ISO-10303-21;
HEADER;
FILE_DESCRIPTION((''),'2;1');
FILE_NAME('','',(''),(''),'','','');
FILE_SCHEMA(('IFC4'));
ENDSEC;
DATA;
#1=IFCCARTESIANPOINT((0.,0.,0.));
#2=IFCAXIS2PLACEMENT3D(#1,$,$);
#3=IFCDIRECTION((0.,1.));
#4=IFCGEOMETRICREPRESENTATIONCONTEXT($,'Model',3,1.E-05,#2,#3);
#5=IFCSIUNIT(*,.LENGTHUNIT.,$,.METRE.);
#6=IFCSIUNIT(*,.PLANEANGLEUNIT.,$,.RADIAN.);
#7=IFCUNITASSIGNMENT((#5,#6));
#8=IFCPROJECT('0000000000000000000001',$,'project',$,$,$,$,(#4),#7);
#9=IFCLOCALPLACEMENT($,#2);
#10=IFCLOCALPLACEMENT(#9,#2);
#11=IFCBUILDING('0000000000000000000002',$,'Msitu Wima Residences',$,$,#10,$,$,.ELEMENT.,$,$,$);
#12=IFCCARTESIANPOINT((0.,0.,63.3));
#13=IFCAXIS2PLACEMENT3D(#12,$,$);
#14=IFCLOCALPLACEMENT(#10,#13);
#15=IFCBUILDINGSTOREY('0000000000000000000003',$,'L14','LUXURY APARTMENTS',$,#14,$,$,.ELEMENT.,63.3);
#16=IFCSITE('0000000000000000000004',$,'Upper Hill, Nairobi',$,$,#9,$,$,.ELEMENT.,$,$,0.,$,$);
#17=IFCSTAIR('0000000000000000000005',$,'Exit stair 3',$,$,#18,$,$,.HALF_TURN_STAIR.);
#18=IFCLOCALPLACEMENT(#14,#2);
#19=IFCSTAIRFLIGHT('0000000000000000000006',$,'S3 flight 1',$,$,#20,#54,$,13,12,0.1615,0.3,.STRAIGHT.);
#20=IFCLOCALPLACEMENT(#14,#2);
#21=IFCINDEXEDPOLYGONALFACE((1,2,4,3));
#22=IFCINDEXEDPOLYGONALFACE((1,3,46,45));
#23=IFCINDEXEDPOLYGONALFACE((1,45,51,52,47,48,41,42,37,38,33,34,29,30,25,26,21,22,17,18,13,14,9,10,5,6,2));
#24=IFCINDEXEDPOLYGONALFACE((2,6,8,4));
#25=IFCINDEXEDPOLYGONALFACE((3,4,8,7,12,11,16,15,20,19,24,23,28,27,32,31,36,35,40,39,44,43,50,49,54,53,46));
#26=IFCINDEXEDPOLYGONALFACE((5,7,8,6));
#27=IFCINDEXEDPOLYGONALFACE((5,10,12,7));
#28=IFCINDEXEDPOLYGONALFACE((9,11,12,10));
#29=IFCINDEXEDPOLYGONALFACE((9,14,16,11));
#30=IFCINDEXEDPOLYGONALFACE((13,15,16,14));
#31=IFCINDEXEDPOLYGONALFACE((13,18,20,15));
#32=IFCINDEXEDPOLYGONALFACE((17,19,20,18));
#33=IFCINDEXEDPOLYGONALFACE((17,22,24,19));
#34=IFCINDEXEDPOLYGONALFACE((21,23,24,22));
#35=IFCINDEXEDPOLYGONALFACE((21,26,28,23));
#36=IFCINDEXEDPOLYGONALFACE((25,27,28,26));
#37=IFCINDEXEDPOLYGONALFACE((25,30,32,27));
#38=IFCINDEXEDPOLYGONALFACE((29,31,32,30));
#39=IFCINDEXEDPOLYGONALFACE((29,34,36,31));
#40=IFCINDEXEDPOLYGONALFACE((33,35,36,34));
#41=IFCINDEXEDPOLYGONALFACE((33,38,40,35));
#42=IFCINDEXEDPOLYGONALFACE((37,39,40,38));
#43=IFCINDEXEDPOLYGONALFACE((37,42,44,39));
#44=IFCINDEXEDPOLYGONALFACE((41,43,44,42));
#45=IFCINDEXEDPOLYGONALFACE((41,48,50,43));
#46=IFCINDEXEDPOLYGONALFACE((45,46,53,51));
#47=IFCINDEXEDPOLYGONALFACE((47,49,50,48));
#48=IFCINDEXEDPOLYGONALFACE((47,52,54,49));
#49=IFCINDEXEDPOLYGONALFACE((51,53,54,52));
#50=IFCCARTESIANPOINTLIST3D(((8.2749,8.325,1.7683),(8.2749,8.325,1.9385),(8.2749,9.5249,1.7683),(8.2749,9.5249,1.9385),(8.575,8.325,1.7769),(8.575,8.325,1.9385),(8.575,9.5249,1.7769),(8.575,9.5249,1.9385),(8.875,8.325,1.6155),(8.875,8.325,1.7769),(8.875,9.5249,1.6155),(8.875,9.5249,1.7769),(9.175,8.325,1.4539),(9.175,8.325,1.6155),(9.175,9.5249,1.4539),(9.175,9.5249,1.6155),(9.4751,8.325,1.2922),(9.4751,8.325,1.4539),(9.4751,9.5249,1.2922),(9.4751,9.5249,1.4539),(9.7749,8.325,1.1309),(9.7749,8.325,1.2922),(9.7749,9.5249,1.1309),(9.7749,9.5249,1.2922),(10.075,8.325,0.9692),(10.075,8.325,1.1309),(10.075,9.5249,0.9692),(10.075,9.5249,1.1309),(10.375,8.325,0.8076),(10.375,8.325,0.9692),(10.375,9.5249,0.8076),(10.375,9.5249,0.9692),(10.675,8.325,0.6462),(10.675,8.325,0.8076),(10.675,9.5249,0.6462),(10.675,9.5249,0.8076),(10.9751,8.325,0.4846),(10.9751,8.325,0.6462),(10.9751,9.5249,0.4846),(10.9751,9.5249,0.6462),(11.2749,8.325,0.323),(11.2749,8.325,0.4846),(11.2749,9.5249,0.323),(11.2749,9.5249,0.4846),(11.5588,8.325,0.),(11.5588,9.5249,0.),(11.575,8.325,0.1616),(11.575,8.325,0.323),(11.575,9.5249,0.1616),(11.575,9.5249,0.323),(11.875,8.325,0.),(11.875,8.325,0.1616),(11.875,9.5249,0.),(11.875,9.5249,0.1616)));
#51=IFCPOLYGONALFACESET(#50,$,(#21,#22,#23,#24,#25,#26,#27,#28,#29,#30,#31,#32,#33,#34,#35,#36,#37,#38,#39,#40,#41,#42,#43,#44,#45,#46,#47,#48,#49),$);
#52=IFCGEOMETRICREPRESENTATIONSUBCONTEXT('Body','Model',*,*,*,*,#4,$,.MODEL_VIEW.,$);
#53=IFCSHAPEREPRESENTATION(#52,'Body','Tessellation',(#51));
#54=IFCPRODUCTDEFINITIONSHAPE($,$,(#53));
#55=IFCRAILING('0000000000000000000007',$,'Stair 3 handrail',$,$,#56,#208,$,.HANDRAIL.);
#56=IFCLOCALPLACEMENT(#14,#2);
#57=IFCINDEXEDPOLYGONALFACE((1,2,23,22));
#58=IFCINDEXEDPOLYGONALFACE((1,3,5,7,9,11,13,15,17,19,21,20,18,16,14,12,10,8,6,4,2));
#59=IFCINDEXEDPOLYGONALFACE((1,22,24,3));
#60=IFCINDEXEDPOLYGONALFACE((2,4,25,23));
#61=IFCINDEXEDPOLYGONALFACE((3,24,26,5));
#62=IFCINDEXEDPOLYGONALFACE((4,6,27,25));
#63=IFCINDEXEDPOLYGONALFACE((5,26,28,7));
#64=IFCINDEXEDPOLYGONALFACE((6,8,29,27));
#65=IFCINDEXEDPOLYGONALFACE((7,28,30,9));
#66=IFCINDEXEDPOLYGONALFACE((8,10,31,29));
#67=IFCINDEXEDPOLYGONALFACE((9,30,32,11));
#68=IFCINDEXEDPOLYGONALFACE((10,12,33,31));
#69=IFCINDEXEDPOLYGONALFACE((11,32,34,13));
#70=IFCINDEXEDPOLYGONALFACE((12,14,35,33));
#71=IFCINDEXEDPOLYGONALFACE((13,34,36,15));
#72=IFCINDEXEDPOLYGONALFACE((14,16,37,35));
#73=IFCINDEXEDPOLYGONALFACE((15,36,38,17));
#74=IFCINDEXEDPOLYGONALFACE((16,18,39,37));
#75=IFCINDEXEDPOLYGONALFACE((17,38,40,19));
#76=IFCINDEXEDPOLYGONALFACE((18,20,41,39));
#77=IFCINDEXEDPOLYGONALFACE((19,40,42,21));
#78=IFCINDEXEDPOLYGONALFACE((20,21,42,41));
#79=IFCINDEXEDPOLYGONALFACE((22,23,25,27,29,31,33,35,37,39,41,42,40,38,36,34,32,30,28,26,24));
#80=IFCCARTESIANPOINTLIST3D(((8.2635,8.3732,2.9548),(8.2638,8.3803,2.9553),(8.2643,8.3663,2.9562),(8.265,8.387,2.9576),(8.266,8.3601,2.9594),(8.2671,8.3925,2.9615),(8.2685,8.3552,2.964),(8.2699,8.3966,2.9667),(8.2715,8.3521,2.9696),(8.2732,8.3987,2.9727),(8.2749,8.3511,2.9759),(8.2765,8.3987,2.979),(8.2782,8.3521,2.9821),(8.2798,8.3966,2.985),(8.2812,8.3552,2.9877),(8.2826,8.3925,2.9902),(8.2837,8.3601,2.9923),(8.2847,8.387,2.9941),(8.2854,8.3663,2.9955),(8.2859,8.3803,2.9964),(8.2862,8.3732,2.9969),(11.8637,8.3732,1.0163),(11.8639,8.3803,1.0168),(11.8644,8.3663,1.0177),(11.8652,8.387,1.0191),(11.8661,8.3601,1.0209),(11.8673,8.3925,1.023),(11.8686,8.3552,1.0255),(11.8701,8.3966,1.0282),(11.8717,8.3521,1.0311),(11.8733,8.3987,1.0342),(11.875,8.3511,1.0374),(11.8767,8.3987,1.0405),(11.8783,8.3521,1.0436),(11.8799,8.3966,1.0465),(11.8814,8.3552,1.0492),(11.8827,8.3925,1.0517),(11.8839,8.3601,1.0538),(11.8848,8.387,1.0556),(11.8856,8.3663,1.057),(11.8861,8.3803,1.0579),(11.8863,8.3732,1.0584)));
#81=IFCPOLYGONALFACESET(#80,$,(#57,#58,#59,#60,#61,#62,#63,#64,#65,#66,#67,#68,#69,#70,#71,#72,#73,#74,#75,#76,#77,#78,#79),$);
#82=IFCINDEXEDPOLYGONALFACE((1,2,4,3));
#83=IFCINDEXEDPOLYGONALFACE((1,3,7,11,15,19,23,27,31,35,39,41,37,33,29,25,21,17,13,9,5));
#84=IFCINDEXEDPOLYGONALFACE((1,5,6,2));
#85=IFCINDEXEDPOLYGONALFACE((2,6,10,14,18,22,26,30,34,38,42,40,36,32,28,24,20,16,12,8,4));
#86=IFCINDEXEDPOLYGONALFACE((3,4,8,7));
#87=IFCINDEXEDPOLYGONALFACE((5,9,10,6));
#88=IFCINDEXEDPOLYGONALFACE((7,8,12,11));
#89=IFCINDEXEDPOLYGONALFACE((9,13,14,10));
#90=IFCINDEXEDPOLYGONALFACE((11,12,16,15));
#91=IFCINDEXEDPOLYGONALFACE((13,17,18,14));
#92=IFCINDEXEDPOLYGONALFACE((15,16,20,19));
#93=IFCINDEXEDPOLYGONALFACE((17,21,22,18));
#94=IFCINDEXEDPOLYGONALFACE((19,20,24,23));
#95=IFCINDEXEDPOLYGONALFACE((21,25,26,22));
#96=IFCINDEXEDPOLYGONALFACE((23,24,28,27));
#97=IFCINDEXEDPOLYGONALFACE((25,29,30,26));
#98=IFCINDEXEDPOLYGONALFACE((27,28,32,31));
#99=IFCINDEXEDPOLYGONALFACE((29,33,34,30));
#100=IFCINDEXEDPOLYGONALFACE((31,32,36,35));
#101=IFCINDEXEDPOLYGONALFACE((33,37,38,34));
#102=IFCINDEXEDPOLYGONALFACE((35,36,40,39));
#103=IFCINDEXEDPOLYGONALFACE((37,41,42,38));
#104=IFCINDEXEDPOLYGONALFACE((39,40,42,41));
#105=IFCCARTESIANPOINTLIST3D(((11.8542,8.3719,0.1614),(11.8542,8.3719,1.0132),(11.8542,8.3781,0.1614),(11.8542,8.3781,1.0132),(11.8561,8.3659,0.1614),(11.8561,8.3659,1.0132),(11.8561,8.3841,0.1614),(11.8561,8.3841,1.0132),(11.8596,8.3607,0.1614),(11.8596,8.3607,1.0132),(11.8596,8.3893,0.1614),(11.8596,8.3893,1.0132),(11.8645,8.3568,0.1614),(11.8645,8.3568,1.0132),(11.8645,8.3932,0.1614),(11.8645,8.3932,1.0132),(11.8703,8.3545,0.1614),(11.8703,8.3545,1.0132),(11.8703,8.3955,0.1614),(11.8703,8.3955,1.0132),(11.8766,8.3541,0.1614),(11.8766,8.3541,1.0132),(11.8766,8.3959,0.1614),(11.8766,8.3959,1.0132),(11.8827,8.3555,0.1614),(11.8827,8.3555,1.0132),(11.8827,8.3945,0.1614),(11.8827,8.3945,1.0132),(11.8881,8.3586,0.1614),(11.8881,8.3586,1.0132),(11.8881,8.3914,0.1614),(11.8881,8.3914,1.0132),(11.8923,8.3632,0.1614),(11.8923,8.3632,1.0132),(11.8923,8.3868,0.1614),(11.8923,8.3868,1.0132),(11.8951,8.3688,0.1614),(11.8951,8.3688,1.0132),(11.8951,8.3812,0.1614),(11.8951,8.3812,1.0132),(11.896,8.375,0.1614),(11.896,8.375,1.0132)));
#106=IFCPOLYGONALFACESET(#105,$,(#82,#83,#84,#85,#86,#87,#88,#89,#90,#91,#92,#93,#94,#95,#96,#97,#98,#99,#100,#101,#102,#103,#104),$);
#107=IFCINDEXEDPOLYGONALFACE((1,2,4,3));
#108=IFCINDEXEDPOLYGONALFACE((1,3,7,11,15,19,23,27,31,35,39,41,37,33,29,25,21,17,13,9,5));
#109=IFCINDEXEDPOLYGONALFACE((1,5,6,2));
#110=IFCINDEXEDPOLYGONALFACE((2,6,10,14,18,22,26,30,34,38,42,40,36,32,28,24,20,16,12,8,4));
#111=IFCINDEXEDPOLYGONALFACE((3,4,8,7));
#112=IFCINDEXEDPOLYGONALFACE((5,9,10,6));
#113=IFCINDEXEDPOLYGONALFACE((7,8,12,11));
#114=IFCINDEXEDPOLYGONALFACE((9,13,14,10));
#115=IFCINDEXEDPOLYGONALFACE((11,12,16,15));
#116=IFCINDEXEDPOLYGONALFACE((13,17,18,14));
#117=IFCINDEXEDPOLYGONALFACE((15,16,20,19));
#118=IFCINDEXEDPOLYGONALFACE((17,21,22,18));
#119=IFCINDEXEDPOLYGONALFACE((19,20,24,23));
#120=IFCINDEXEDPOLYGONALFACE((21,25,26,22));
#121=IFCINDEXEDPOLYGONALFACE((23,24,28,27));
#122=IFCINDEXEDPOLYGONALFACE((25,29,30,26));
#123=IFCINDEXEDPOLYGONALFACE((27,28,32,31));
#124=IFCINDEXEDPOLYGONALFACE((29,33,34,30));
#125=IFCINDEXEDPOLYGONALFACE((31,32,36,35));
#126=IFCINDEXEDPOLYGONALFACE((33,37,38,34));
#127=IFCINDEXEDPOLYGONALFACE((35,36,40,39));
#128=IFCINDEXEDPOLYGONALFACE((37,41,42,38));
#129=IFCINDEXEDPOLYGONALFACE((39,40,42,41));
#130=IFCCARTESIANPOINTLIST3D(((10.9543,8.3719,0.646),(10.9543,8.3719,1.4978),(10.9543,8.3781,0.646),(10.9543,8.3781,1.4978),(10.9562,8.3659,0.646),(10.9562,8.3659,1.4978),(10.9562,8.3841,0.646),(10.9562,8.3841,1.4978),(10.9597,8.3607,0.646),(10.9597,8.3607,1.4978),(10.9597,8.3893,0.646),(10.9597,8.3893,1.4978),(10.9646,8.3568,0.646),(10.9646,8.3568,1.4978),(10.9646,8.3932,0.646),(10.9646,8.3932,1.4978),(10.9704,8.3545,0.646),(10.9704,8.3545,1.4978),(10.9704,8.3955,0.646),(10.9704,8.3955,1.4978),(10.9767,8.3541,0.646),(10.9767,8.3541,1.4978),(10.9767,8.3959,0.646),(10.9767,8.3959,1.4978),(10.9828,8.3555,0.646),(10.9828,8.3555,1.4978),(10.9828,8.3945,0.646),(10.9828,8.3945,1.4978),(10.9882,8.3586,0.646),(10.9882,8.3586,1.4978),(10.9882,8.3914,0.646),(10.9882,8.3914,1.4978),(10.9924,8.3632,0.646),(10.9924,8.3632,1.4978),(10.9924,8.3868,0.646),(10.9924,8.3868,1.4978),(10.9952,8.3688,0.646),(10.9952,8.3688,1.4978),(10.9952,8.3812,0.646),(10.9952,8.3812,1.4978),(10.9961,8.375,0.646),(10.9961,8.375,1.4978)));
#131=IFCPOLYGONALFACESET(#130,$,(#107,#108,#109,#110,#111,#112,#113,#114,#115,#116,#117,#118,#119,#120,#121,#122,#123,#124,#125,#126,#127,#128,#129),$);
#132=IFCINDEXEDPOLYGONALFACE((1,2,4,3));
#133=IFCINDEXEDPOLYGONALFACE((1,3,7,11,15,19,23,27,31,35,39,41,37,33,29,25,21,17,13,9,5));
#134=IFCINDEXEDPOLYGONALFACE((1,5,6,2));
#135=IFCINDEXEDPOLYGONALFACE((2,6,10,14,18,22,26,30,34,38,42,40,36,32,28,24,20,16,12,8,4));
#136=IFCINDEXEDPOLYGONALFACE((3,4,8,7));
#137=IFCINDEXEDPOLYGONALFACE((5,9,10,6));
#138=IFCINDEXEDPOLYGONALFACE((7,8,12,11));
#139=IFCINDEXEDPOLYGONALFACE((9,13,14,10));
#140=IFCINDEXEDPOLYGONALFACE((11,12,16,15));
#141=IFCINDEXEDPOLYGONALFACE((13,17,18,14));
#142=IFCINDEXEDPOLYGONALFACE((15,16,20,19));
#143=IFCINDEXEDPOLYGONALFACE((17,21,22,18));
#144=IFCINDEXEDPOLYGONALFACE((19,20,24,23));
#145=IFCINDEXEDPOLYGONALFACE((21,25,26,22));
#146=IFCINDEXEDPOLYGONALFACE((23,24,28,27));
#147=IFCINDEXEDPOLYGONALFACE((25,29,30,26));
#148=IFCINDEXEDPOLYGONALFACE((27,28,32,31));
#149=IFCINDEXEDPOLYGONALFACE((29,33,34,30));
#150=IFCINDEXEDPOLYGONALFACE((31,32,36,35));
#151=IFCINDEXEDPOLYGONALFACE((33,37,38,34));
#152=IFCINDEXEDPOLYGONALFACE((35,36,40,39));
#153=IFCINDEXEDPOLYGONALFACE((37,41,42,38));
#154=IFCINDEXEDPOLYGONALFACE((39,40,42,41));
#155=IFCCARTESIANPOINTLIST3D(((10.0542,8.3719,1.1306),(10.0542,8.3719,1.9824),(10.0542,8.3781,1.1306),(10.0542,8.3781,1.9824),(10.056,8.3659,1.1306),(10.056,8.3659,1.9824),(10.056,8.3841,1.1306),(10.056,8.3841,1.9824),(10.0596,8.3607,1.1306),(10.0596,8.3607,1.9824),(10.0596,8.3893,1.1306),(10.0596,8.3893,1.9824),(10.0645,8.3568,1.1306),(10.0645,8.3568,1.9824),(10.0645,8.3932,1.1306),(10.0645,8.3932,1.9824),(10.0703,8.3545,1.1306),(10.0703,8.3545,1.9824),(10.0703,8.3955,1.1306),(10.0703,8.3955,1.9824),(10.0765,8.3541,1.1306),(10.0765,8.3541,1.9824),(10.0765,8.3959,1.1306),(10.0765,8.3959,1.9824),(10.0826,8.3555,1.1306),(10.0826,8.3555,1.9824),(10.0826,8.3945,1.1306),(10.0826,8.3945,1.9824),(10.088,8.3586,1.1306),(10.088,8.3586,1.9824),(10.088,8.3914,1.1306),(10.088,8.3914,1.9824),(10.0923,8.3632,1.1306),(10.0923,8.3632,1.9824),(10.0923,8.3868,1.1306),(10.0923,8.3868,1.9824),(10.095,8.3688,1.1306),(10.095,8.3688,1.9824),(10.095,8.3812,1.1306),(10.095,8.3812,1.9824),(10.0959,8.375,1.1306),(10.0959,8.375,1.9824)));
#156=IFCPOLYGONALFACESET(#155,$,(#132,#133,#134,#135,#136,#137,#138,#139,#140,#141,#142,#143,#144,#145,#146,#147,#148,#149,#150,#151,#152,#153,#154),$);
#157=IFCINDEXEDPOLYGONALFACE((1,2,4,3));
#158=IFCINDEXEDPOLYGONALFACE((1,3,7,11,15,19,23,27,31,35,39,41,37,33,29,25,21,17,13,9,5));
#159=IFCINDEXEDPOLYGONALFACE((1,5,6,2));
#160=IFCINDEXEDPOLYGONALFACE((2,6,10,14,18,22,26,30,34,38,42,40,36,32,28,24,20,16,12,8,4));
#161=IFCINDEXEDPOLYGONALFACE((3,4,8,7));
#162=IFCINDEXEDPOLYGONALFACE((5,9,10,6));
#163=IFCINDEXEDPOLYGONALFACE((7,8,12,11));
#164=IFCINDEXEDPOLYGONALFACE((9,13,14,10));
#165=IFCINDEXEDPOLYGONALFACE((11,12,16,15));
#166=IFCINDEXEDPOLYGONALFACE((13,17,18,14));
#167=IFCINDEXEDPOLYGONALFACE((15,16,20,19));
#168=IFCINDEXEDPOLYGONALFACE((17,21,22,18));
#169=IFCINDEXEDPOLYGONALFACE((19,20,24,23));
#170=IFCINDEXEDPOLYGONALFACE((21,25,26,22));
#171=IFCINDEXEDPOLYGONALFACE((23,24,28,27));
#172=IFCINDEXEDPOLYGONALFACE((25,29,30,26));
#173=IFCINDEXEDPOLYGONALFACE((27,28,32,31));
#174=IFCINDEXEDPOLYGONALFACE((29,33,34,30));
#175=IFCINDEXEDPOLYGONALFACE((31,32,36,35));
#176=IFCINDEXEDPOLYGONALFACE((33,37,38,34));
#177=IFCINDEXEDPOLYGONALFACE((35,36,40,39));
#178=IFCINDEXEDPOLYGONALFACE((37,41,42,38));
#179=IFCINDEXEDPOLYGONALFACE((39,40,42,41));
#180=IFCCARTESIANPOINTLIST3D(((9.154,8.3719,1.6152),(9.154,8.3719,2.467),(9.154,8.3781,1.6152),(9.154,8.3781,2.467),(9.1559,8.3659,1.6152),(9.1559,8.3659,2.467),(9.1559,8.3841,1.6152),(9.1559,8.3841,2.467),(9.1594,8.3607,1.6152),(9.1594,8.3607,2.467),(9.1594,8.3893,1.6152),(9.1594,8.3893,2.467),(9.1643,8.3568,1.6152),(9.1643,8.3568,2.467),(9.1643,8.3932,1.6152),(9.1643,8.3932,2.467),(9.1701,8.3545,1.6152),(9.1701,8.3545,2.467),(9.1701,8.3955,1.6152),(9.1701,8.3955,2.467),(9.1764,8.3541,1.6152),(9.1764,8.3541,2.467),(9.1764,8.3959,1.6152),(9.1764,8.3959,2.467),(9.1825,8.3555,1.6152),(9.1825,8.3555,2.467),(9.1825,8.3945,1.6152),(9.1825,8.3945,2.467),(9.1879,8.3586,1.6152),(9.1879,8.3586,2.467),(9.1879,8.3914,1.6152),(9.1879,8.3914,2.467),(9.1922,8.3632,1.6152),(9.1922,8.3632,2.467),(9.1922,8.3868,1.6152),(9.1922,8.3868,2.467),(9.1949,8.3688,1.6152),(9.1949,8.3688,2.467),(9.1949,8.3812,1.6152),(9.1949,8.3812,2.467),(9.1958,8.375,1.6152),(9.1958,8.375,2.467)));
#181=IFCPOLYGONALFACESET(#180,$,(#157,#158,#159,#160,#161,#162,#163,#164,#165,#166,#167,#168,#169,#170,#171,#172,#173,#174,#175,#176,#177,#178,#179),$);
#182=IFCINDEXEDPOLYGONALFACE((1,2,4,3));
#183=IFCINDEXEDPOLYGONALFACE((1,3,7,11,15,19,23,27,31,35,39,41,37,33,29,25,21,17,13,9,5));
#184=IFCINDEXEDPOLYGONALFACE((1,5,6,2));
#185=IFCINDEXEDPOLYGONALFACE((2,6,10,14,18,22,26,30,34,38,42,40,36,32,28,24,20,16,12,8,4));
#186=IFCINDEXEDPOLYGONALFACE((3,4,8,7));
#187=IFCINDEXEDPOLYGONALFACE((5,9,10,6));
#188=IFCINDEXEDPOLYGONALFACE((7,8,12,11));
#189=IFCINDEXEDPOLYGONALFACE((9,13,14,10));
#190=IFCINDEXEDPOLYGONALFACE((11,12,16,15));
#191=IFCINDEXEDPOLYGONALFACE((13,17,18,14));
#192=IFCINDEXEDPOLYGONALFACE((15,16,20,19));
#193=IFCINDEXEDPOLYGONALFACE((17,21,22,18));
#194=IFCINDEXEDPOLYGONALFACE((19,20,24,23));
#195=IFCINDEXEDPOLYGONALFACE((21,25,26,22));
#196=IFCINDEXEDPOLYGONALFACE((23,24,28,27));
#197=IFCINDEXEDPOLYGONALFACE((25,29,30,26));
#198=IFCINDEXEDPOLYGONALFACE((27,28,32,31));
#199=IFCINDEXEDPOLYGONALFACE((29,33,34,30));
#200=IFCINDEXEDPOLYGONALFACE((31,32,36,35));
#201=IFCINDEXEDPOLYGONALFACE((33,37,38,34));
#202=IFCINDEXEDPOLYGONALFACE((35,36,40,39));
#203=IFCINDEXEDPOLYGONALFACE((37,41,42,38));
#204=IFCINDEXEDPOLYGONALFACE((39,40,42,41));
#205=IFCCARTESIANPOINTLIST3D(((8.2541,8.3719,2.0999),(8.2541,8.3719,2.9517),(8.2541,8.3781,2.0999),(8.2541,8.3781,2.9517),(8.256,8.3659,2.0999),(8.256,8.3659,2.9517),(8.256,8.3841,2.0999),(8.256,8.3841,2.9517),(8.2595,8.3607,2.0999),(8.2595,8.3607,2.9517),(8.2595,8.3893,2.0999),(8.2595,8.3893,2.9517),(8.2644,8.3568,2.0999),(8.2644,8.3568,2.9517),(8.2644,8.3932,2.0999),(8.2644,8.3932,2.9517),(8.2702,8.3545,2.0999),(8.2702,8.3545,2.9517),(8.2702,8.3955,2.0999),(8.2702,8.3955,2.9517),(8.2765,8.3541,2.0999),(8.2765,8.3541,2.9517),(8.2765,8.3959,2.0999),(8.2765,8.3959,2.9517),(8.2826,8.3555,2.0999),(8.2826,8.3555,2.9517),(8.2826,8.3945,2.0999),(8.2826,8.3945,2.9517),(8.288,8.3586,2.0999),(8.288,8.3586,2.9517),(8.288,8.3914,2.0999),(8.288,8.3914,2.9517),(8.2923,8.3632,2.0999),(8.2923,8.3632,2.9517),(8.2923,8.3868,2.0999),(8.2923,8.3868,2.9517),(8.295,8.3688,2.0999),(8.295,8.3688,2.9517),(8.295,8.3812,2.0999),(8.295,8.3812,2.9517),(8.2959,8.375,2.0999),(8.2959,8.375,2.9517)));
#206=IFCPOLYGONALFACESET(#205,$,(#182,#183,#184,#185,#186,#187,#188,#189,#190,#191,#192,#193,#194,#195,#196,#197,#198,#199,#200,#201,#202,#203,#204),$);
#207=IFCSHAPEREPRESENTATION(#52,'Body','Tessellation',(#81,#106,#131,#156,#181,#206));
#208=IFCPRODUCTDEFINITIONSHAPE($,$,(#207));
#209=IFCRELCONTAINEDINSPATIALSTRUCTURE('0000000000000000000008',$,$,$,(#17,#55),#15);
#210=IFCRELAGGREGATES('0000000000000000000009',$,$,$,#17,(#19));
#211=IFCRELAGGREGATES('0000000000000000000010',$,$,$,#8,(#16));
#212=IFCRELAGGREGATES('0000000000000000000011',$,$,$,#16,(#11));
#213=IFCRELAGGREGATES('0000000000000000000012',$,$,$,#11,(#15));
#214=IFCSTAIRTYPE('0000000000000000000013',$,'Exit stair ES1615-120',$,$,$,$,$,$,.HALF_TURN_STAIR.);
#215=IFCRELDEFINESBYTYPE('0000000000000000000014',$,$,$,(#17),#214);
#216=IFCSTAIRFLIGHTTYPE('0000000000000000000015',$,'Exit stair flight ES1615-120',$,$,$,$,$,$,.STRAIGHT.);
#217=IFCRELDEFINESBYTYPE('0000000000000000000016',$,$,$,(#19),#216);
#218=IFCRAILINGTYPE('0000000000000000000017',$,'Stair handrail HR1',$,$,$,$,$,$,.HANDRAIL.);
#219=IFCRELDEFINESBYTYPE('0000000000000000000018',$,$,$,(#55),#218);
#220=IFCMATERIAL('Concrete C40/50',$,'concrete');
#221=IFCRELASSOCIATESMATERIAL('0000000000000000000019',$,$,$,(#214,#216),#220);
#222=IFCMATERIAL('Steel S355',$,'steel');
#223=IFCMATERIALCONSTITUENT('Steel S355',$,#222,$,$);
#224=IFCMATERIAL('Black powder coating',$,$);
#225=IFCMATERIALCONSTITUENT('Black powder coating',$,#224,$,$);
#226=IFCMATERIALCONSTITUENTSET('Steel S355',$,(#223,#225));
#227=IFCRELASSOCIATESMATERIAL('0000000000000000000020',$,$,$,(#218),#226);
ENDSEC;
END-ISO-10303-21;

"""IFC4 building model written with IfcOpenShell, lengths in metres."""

from ifc_helpers import new_model, si_unit, direction, frame, origin, origin_2d, place, context, subcontext, project, spatial, polyline, circle, outline, extrude, material, constituent, constituent_set, type_object, element, aggregate, save


model = new_model("IFC4")

# Units and contexts
model_context = context("Model", 3, precision=1e-05, world=origin(), true_north=direction((0.0, 1.0)))
body_context = subcontext(model_context, "Body", "Model", "MODEL_VIEW")
ifc_project = project(units=[si_unit("LENGTHUNIT", "METRE"), si_unit("PLANEANGLEUNIT", "RADIAN")], contexts=[model_context])

# Site, building, storey
site_placement = place(None, origin())
site = spatial("IfcSite", under=ifc_project, at=site_placement, Name="Upper Hill, Nairobi", CompositionType="ELEMENT", RefElevation=0.0)
building_placement = place(site_placement, origin())
building = spatial("IfcBuilding", under=site, at=building_placement, Name="Msitu Wima Residences", CompositionType="ELEMENT")
storey_placement = place(building_placement, frame((0.0, 0.0, 63.3)))
storey = spatial("IfcBuildingStorey", under=building, at=storey_placement, Name="L14", Description="LUXURY APARTMENTS", CompositionType="ELEMENT", Elevation=63.3)

# Shared definitions
ifc_material_1 = material(Name="Concrete C40/50", Category="concrete")

# Stair
stair_type = type_object("IfcStairType", Name="Exit stair ES1615-120", PredefinedType="HALF_TURN_STAIR", material=ifc_material_1)
stair_1_placement = place(storey_placement, origin())
stair_1 = element("IfcStair", 1, at=stair_1_placement, inside=storey, type_object=stair_type, Name="Exit stair 3", PredefinedType="HALF_TURN_STAIR")

# Stair flight
stair_flight_type = type_object("IfcStairFlightType", Name="Exit stair flight ES1615-120", PredefinedType="STRAIGHT", material=ifc_material_1)
stair_flight_placement = place(storey_placement, frame((11.875, 8.925, 0.0), z_axis=(0.0, 0.0, 1.0), x_axis=(-1.0, 0.0, 0.0)))
stair_flight = element("IfcStairFlight", 2, at=stair_flight_placement, type_object=stair_flight_type, Name="S3 flight 1", NumberOfRisers=13, NumberOfTreads=12, PredefinedType="STRAIGHT", RiserHeight=0.1615, TreadLength=0.3, context=body_context, shape_type="SweptSolid", body=[
    extrude(outline(polyline([(0.0, 0.0), (0.0, 0.1616), (0.3, 0.1616), (0.3, 0.323), (0.6001, 0.323), (0.6001, 0.4846), (0.8999, 0.4846), (0.8999, 0.6462), (1.2, 0.6462), (1.2, 0.8076), (1.5, 0.8076), (1.5, 0.9692), (1.8, 0.9692), (1.8, 1.1309), (2.1001, 1.1309), (2.1001, 1.2922), (2.3999, 1.2922), (2.3999, 1.4539), (2.7, 1.4539), (2.7, 1.6155), (3.0, 1.6155), (3.0, 1.7769), (3.3, 1.7769), (3.3, 1.9385), (3.6001, 1.9385), (3.6001, 2.1001), (3.6001, 1.7683), (0.3162, 0.0), (0.0, 0.0)])), frame((0.0, 0.6001, 0.0), z_axis=(0.0, -1.0, 0.0), x_axis=(1.0, 0.0, 0.0)), (0.0, 0.0, 1.0), 1.2),
])
aggregate(stair_1, [stair_flight])

# Railing
ifc_material_2 = material(Name="Steel S355", Category="steel")
ifc_constituent_1 = constituent(ifc_material_2, Name="Steel S355")
ifc_material_3 = material(Name="Black powder coating")
ifc_constituent_2 = constituent(ifc_material_3, Name="Black powder coating")
ifc_constituent_set = constituent_set(constituents=[ifc_constituent_1, ifc_constituent_2], Name="Steel S355")
railing_type = type_object("IfcRailingType", Name="Stair handrail HR1", PredefinedType="HANDRAIL", material=ifc_constituent_set)
railing_placement = place(storey_placement, frame((11.875, 8.375, 0.1614)))
element("IfcRailing", 3, at=railing_placement, inside=storey, type_object=railing_type, Name="Stair 3 handrail", PredefinedType="HANDRAIL", context=body_context, shape_type="SweptSolid", body=[
    extrude(circle(Radius=0.0239, at=origin_2d()), frame((0.0, 0.0, 0.876), z_axis=(-0.880475, 0.0, 0.474093), x_axis=(0.0, -1.0, 0.0)), (0.0, 0.0, 1.0), 4.0889),
    extrude(circle(Radius=0.021, at=origin_2d()), origin(), (0.0, 0.0, 1.0), 0.8518),
    extrude(circle(Radius=0.021, at=origin_2d()), frame((-0.8999, 0.0, 0.4846)), (0.0, 0.0, 1.0), 0.8518),
    extrude(circle(Radius=0.021, at=origin_2d()), frame((-1.8, 0.0, 0.9692)), (0.0, 0.0, 1.0), 0.8518),
    extrude(circle(Radius=0.021, at=origin_2d()), frame((-2.7002, 0.0, 1.4539)), (0.0, 0.0, 1.0), 0.8518),
    extrude(circle(Radius=0.021, at=origin_2d()), frame((-3.6001, 0.0, 1.9385)), (0.0, 0.0, 1.0), 0.8518),
])

save(model, "model.ifc")
